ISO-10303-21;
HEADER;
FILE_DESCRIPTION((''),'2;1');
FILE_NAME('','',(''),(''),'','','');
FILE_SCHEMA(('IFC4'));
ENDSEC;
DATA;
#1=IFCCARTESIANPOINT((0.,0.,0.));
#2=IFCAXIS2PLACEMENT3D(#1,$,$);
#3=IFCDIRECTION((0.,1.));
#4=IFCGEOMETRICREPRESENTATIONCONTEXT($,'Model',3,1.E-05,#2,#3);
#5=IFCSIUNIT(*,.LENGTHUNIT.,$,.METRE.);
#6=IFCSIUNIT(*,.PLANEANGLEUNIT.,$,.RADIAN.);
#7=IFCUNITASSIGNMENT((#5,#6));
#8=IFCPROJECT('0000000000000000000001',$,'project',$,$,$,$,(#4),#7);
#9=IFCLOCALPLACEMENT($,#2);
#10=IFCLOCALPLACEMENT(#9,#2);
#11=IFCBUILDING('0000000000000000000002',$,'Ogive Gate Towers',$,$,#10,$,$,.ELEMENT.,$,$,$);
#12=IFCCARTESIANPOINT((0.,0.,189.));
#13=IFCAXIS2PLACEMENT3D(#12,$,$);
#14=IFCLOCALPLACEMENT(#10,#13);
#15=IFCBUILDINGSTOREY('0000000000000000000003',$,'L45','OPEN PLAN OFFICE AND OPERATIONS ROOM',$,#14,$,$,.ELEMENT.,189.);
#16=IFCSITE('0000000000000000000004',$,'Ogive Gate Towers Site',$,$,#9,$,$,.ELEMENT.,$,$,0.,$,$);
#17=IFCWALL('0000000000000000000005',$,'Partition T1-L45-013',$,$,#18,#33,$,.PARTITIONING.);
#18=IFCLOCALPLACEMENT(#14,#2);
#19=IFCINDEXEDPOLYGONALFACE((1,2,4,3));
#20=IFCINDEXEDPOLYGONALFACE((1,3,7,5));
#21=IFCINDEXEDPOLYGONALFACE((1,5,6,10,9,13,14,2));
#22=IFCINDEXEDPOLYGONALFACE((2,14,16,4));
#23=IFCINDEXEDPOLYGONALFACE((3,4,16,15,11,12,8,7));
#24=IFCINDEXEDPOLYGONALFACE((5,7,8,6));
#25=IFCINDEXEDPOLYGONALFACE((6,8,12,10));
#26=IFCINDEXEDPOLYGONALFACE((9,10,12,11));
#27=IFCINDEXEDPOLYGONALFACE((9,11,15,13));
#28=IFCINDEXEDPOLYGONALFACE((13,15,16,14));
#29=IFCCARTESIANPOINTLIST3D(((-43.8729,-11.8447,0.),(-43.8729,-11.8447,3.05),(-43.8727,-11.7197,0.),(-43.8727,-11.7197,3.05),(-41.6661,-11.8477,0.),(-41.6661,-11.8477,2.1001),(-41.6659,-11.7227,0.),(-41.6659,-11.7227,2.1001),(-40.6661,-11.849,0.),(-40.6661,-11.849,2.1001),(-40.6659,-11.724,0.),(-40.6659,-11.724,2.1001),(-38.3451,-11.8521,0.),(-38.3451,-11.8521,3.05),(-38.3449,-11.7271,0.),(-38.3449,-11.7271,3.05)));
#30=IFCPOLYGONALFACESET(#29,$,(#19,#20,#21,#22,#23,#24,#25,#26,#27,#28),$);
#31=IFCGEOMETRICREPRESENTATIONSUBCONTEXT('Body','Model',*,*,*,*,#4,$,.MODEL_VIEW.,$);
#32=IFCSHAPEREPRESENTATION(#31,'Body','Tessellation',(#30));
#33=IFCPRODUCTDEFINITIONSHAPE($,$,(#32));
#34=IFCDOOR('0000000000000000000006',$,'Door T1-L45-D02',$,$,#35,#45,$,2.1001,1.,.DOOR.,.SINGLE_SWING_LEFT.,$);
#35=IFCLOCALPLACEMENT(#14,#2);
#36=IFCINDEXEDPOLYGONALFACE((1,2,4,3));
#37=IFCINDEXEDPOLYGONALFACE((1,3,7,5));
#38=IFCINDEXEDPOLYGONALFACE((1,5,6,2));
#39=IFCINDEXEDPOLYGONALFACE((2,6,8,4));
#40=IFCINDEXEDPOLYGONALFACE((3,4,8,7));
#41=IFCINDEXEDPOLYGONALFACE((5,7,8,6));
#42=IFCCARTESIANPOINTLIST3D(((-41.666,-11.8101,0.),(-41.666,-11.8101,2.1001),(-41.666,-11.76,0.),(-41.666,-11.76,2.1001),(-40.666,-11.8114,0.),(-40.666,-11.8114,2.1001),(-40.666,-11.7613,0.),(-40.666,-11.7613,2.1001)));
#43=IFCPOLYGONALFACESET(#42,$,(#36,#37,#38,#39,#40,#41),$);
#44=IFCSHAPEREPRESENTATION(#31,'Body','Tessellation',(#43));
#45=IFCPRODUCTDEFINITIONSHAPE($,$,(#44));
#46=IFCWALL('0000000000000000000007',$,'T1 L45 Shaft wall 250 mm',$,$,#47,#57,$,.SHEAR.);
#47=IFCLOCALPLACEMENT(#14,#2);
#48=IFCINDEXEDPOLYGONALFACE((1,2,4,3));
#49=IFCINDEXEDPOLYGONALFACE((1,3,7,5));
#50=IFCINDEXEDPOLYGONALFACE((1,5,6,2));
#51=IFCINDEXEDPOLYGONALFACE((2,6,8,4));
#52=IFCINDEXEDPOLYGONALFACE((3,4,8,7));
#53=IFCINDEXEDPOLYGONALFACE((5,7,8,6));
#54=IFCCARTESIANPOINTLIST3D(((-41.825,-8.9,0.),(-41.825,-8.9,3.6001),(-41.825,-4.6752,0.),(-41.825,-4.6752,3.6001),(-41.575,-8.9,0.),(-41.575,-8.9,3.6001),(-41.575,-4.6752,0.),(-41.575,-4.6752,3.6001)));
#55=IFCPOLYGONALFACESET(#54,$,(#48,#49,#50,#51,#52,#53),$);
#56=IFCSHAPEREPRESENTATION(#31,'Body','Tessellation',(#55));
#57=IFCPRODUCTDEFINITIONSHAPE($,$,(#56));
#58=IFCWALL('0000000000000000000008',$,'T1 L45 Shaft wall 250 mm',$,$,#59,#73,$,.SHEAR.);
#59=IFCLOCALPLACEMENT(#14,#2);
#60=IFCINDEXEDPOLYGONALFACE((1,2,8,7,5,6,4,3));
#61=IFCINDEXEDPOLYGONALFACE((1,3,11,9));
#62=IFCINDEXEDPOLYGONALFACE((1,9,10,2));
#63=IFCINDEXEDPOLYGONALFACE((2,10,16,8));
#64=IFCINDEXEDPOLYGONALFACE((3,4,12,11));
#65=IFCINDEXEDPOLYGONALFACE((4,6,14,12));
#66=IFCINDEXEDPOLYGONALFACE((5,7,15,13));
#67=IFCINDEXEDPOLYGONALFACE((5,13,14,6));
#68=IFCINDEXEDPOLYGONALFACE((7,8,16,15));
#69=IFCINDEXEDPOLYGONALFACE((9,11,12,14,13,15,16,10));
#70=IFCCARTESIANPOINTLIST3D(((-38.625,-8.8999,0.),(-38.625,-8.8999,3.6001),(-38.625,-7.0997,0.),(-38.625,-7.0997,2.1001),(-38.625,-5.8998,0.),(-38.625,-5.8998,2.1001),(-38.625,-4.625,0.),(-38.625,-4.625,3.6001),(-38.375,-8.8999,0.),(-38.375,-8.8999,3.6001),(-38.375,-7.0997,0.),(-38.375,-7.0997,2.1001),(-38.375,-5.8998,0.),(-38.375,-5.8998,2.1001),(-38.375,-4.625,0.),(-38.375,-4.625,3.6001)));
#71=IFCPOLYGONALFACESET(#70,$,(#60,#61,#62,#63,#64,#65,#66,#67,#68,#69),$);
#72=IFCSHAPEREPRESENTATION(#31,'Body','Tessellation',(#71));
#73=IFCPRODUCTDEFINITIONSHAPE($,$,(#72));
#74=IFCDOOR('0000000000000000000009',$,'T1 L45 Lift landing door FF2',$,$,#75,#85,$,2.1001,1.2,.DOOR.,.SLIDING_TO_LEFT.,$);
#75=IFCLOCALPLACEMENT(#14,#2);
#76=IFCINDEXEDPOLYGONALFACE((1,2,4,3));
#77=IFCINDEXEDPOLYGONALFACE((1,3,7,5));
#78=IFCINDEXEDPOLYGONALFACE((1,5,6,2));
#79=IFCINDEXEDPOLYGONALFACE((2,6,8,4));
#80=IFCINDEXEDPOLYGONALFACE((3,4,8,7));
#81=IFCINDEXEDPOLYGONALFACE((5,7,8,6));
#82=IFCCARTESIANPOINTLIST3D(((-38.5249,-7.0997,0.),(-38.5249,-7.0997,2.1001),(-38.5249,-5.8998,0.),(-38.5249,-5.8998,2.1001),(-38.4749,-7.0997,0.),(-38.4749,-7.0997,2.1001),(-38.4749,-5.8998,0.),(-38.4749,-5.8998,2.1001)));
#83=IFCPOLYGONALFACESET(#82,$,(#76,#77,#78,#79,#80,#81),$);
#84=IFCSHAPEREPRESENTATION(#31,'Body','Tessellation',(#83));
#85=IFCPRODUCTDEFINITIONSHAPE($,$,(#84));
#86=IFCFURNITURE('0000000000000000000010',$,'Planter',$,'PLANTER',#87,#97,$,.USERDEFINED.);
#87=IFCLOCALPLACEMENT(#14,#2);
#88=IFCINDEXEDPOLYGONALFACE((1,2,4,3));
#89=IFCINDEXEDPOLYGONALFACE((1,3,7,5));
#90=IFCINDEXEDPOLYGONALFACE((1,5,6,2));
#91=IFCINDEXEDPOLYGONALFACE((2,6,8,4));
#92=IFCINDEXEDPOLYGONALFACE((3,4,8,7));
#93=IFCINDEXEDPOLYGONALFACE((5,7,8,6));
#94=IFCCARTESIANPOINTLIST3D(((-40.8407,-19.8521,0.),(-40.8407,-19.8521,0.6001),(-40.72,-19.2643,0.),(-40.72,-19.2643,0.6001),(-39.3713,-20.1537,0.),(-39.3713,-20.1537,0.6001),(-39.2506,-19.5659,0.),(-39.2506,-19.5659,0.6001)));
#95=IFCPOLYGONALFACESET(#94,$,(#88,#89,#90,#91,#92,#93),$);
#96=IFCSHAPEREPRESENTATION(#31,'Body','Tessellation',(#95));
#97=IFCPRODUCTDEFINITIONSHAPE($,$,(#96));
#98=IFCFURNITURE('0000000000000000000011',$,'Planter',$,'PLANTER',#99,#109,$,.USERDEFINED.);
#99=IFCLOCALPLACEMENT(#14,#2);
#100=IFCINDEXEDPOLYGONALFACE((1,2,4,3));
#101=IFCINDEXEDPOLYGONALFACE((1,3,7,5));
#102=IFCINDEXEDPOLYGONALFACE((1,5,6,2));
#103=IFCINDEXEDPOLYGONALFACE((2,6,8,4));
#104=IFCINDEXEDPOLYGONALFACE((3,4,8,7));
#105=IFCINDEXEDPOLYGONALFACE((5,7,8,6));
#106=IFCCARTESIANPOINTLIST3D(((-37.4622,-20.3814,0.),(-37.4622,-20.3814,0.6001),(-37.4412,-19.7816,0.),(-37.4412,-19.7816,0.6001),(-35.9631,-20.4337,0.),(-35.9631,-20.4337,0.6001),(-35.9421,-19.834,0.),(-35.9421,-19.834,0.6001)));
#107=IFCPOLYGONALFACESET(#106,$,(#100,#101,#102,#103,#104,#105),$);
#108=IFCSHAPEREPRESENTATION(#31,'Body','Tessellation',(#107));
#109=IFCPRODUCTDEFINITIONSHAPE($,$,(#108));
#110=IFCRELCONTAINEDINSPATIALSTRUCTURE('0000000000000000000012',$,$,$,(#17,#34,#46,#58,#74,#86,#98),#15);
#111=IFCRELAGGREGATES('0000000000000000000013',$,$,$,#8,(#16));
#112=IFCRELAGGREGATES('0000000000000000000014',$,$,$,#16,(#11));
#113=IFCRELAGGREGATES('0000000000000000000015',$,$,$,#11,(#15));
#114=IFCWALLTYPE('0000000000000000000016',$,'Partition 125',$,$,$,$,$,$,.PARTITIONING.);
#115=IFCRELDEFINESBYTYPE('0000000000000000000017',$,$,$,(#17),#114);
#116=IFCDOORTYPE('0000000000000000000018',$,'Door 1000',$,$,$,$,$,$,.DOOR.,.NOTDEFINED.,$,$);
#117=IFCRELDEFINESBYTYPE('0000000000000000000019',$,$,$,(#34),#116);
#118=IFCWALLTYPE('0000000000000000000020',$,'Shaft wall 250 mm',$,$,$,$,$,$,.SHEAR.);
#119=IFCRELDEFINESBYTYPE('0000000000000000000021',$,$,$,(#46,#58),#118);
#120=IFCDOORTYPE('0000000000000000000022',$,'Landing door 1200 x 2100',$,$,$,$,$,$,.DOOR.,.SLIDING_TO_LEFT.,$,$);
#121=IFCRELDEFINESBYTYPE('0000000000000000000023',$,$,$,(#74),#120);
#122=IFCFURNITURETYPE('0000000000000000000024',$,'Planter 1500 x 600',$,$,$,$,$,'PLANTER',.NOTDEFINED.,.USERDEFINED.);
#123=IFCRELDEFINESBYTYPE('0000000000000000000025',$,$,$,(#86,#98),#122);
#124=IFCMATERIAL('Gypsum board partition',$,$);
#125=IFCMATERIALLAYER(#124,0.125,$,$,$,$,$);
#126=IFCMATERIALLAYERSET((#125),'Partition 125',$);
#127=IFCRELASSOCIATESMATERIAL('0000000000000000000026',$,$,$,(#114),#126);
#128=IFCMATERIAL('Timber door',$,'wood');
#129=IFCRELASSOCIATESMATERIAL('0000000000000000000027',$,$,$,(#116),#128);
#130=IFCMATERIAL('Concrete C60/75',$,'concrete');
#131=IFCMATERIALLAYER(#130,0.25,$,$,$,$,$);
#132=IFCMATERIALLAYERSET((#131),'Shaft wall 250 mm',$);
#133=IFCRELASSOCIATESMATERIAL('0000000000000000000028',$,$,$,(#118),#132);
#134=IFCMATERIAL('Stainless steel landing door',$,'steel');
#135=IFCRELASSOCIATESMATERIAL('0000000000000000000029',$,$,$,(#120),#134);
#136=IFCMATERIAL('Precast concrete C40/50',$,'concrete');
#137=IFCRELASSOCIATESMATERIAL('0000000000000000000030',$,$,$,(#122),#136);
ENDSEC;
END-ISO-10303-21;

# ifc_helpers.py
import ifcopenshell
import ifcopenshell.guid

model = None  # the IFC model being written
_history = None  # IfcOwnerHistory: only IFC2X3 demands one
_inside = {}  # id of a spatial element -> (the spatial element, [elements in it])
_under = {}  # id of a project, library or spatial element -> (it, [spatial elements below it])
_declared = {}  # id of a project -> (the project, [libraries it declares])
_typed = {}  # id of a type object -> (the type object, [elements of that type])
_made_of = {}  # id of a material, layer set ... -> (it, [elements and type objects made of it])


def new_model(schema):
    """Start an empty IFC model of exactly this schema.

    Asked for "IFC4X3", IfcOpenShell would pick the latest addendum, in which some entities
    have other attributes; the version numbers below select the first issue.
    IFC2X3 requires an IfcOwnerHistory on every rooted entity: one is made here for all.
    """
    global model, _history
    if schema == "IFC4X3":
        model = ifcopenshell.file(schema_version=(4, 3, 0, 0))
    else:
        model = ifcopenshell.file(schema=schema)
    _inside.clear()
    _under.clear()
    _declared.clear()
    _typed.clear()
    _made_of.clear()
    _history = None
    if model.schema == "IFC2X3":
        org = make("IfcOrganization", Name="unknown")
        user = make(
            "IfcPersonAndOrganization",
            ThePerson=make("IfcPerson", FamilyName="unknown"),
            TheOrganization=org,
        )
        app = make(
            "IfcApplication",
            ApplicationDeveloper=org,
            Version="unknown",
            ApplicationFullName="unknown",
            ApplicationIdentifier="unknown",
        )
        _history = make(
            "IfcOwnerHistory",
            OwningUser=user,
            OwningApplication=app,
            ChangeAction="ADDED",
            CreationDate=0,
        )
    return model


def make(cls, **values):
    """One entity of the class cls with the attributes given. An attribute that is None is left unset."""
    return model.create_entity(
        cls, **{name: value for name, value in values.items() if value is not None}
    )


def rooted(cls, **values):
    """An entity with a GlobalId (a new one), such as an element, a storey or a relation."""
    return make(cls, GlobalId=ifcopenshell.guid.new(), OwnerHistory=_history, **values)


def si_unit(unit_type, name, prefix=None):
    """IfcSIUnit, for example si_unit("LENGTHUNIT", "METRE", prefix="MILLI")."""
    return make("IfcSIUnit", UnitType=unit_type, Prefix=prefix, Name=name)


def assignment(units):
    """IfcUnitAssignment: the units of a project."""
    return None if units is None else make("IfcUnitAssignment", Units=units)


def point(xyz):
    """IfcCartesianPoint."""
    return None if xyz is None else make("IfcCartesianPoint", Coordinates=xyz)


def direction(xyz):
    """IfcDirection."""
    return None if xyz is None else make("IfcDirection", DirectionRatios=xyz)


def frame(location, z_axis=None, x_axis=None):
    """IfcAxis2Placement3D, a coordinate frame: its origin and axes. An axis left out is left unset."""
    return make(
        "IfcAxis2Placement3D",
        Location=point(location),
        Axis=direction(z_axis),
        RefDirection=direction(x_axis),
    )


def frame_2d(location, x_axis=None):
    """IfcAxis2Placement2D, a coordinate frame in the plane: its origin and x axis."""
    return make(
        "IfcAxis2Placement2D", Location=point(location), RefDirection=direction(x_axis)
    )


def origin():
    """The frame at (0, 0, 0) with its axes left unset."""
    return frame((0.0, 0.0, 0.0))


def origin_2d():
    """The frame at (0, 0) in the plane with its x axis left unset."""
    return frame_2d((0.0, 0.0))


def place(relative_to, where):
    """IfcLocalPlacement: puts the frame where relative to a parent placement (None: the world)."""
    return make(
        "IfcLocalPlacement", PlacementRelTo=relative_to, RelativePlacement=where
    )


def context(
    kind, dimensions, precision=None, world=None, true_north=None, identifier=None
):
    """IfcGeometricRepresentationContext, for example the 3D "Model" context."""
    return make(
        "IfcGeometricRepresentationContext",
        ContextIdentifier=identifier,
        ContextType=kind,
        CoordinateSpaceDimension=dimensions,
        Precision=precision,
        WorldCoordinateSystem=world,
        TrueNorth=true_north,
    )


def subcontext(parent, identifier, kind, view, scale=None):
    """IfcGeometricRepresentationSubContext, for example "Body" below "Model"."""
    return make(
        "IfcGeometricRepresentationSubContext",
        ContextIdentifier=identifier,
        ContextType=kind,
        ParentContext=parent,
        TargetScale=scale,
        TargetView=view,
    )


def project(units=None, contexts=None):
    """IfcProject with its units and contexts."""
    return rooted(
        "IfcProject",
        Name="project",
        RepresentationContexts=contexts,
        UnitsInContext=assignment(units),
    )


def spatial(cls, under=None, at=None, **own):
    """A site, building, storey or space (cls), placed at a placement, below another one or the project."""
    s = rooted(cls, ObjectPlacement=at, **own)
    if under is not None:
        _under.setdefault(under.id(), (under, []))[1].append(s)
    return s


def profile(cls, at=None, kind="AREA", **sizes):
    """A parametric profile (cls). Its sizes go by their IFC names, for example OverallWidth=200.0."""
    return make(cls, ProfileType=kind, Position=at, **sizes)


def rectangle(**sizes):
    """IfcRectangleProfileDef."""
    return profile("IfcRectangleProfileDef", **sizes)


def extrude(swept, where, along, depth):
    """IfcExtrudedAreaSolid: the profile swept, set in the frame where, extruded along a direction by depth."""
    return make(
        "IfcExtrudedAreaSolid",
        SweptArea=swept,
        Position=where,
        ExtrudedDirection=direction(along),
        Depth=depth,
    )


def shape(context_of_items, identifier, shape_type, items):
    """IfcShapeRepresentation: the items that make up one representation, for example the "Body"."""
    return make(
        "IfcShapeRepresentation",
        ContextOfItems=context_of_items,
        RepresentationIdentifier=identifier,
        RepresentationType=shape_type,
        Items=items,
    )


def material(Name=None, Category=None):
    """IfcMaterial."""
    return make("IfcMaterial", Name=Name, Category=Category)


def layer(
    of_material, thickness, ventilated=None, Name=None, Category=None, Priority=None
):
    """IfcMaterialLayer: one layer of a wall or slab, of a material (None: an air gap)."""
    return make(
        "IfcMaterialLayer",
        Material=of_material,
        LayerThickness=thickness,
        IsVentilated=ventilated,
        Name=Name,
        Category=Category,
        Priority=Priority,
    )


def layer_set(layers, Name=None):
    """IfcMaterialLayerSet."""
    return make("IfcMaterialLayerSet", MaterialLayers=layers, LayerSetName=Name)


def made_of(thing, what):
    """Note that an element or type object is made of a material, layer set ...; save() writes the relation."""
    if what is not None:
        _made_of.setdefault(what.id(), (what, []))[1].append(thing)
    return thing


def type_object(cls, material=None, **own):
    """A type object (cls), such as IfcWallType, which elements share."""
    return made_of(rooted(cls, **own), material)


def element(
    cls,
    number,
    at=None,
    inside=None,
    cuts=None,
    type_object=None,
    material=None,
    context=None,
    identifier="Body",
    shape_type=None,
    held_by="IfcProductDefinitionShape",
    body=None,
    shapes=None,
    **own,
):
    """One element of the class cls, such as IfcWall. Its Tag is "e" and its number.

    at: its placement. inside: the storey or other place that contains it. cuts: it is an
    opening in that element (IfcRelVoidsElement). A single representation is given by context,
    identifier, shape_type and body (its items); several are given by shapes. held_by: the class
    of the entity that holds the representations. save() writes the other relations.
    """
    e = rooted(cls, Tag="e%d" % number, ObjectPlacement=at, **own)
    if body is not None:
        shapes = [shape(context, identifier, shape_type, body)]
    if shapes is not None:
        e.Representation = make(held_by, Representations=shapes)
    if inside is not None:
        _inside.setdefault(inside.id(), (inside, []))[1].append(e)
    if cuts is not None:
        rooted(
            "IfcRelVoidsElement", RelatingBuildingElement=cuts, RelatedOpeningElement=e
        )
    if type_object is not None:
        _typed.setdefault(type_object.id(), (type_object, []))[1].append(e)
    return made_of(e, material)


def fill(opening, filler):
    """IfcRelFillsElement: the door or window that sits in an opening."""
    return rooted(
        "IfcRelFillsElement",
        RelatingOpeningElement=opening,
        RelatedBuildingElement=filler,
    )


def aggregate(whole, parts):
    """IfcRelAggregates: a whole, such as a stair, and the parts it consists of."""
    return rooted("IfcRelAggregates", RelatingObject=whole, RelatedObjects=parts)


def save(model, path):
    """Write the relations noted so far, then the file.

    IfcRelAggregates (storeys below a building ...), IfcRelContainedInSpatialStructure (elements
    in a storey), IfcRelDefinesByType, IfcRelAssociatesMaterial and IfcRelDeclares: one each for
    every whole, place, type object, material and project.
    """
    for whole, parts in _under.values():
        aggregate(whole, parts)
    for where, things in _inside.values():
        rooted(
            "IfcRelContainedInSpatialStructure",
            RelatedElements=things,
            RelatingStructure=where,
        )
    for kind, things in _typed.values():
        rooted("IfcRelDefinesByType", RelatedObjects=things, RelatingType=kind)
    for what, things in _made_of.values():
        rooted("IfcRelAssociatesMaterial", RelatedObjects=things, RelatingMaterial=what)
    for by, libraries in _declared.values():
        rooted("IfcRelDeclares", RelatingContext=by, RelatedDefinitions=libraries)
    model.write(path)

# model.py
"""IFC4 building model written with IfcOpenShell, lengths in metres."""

from ifc_helpers import new_model, si_unit, direction, frame, frame_2d, origin, origin_2d, place, context, subcontext, project, spatial, rectangle, extrude, material, layer, layer_set, type_object, element, fill, save


model = new_model("IFC4")

# Units and contexts
model_context = context("Model", 3, precision=1e-05, world=origin(), true_north=direction((0.0, 1.0)))
body_context = subcontext(model_context, "Body", "Model", "MODEL_VIEW")
ifc_project = project(units=[si_unit("LENGTHUNIT", "METRE"), si_unit("PLANEANGLEUNIT", "RADIAN")], contexts=[model_context])

# Site, building, storey
site_placement = place(None, origin())
site = spatial("IfcSite", under=ifc_project, at=site_placement, Name="Ogive Gate Towers Site", CompositionType="ELEMENT", RefElevation=0.0)
building_placement = place(site_placement, origin())
building = spatial("IfcBuilding", under=site, at=building_placement, Name="Ogive Gate Towers", CompositionType="ELEMENT")
storey_placement = place(building_placement, frame((0.0, 0.0, 189.0)))
storey = spatial("IfcBuildingStorey", under=building, at=storey_placement, Name="L45", Description="OPEN PLAN OFFICE AND OPERATIONS ROOM", CompositionType="ELEMENT", Elevation=189.0)

# Shared definitions
ifc_material_1 = material(Name="Gypsum board partition")
ifc_layer_1 = layer(ifc_material_1, 0.125)
ifc_layer_set_1 = layer_set([ifc_layer_1], Name="Partition 125")
wall_type_1 = type_object("IfcWallType", Name="Partition 125", PredefinedType="PARTITIONING", material=ifc_layer_set_1)

# Wall, opening, door
wall_1_placement = place(storey_placement, frame((-38.345, -11.7896, 0.0), z_axis=(0.0, 0.0, 1.0), x_axis=(-0.999999, 0.001325, 0.0)))
wall_1 = element("IfcWall", 1, at=wall_1_placement, inside=storey, type_object=wall_type_1, Name="Partition T1-L45-013", PredefinedType="PARTITIONING", context=body_context, shape_type="SweptSolid", body=[
    extrude(rectangle(XDim=5.5278, YDim=0.125, at=frame_2d((2.7639, 0.0))), origin(), (0.0, 0.0, 1.0), 3.05),
])
opening_1_placement = place(wall_1_placement, frame((2.321, 0.0, 0.0)))
opening_1 = element("IfcOpeningElement", 2, at=opening_1_placement, cuts=wall_1, PredefinedType="OPENING", context=body_context, shape_type="SweptSolid", body=[
    extrude(rectangle(XDim=1.0, YDim=2.1001, at=frame_2d((0.5, 1.05))), frame((0.0, 0.0725, 0.0), z_axis=(0.0, -1.0, 0.0), x_axis=(1.0, 0.0, 0.0)), (0.0, 0.0, 1.0), 0.145),
])
ifc_material_2 = material(Name="Timber door", Category="wood")
door_type_1 = type_object("IfcDoorType", Name="Door 1000", OperationType="NOTDEFINED", PredefinedType="DOOR", material=ifc_material_2)
door_1_placement = place(opening_1_placement, origin())
door_1 = element("IfcDoor", 3, at=door_1_placement, inside=storey, type_object=door_type_1, Name="Door T1-L45-D02", OperationType="SINGLE_SWING_LEFT", OverallHeight=2.1001, OverallWidth=1.0, PredefinedType="DOOR", context=body_context, shape_type="SweptSolid", body=[
    extrude(rectangle(XDim=1.0, YDim=2.1001, at=frame_2d((0.5, 1.05))), frame((0.0, 0.0249, 0.0), z_axis=(0.0, -1.0, 0.0), x_axis=(1.0, 0.0, 0.0)), (0.0, 0.0, 1.0), 0.05),
])
fill(opening_1, door_1)

# Wall
ifc_material_3 = material(Name="Concrete C60/75", Category="concrete")
ifc_layer_2 = layer(ifc_material_3, 0.25)
ifc_layer_set_2 = layer_set([ifc_layer_2], Name="Shaft wall 250 mm")
wall_type_2 = type_object("IfcWallType", Name="Shaft wall 250 mm", PredefinedType="SHEAR", material=ifc_layer_set_2)
wall_2_placement = place(storey_placement, frame((-41.7, -8.8999, 0.0), z_axis=(0.0, 0.0, 1.0), x_axis=(0.0, 1.0, 0.0)))
element("IfcWall", 4, at=wall_2_placement, inside=storey, type_object=wall_type_2, Name="T1 L45 Shaft wall 250 mm", PredefinedType="SHEAR", context=body_context, shape_type="SweptSolid", body=[
    extrude(rectangle(XDim=4.2249, YDim=0.25, at=frame_2d((2.1123, 0.0))), origin(), (0.0, 0.0, 1.0), 3.6001),
])

# Wall, opening, door
wall_3_placement = place(storey_placement, frame((-38.5, -8.8999, 0.0), z_axis=(0.0, 0.0, 1.0), x_axis=(0.0, 1.0, 0.0)))
wall_3 = element("IfcWall", 5, at=wall_3_placement, inside=storey, type_object=wall_type_2, Name="T1 L45 Shaft wall 250 mm", PredefinedType="SHEAR", context=body_context, shape_type="SweptSolid", body=[
    extrude(rectangle(XDim=4.2749, YDim=0.25, at=frame_2d((2.1375, 0.0))), origin(), (0.0, 0.0, 1.0), 3.6001),
])
opening_2_placement = place(wall_3_placement, frame((1.8, 0.0, 0.0)))
opening_2 = element("IfcOpeningElement", 6, at=opening_2_placement, cuts=wall_3, PredefinedType="OPENING", context=body_context, shape_type="SweptSolid", body=[
    extrude(rectangle(XDim=1.2, YDim=2.1001, at=frame_2d((0.6001, 1.05))), frame((0.0, 0.135, 0.0), z_axis=(0.0, -1.0, 0.0), x_axis=(1.0, 0.0, 0.0)), (0.0, 0.0, 1.0), 0.27),
])
ifc_material_4 = material(Name="Stainless steel landing door", Category="steel")
door_type_2 = type_object("IfcDoorType", Name="Landing door 1200 x 2100", OperationType="SLIDING_TO_LEFT", PredefinedType="DOOR", material=ifc_material_4)
door_2_placement = place(opening_2_placement, origin())
door_2 = element("IfcDoor", 7, at=door_2_placement, inside=storey, type_object=door_type_2, Name="T1 L45 Lift landing door FF2", OperationType="SLIDING_TO_LEFT", OverallHeight=2.1001, OverallWidth=1.2, PredefinedType="DOOR", context=body_context, shape_type="SweptSolid", body=[
    extrude(rectangle(XDim=1.2, YDim=2.1001, at=frame_2d((0.6001, 1.05))), frame((0.0, 0.0249, 0.0), z_axis=(0.0, -1.0, 0.0), x_axis=(1.0, 0.0, 0.0)), (0.0, 0.0, 1.0), 0.05),
])
fill(opening_2, door_2)

# Furniture
ifc_material_5 = material(Name="Precast concrete C40/50", Category="concrete")
furniture_type = type_object("IfcFurnitureType", Name="Planter 1500 x 600", ElementType="PLANTER", AssemblyPlace="NOTDEFINED", PredefinedType="USERDEFINED", material=ifc_material_5)
for number, where, z_axis, x_axis, name in (
    (8, (-40.0457, -19.709, 0.0), (0.0, 0.0, 1.0), (0.979575, -0.201078, 0.0), "Planter"),
    (9, (-36.7021, -20.1077, 0.0), (0.0, 0.0, 1.0), (0.999391, -0.034899, 0.0), "Planter"),
):
    element("IfcFurniture", number, at=place(storey_placement, frame(where, z_axis=z_axis, x_axis=x_axis)), inside=storey, type_object=furniture_type, Name=name, ObjectType="PLANTER", PredefinedType="USERDEFINED", context=body_context, shape_type="SweptSolid", body=[
        extrude(rectangle(XDim=1.5, YDim=0.6001, at=origin_2d()), origin(), (0.0, 0.0, 1.0), 0.6001),
    ])

save(model, "model.ifc")
